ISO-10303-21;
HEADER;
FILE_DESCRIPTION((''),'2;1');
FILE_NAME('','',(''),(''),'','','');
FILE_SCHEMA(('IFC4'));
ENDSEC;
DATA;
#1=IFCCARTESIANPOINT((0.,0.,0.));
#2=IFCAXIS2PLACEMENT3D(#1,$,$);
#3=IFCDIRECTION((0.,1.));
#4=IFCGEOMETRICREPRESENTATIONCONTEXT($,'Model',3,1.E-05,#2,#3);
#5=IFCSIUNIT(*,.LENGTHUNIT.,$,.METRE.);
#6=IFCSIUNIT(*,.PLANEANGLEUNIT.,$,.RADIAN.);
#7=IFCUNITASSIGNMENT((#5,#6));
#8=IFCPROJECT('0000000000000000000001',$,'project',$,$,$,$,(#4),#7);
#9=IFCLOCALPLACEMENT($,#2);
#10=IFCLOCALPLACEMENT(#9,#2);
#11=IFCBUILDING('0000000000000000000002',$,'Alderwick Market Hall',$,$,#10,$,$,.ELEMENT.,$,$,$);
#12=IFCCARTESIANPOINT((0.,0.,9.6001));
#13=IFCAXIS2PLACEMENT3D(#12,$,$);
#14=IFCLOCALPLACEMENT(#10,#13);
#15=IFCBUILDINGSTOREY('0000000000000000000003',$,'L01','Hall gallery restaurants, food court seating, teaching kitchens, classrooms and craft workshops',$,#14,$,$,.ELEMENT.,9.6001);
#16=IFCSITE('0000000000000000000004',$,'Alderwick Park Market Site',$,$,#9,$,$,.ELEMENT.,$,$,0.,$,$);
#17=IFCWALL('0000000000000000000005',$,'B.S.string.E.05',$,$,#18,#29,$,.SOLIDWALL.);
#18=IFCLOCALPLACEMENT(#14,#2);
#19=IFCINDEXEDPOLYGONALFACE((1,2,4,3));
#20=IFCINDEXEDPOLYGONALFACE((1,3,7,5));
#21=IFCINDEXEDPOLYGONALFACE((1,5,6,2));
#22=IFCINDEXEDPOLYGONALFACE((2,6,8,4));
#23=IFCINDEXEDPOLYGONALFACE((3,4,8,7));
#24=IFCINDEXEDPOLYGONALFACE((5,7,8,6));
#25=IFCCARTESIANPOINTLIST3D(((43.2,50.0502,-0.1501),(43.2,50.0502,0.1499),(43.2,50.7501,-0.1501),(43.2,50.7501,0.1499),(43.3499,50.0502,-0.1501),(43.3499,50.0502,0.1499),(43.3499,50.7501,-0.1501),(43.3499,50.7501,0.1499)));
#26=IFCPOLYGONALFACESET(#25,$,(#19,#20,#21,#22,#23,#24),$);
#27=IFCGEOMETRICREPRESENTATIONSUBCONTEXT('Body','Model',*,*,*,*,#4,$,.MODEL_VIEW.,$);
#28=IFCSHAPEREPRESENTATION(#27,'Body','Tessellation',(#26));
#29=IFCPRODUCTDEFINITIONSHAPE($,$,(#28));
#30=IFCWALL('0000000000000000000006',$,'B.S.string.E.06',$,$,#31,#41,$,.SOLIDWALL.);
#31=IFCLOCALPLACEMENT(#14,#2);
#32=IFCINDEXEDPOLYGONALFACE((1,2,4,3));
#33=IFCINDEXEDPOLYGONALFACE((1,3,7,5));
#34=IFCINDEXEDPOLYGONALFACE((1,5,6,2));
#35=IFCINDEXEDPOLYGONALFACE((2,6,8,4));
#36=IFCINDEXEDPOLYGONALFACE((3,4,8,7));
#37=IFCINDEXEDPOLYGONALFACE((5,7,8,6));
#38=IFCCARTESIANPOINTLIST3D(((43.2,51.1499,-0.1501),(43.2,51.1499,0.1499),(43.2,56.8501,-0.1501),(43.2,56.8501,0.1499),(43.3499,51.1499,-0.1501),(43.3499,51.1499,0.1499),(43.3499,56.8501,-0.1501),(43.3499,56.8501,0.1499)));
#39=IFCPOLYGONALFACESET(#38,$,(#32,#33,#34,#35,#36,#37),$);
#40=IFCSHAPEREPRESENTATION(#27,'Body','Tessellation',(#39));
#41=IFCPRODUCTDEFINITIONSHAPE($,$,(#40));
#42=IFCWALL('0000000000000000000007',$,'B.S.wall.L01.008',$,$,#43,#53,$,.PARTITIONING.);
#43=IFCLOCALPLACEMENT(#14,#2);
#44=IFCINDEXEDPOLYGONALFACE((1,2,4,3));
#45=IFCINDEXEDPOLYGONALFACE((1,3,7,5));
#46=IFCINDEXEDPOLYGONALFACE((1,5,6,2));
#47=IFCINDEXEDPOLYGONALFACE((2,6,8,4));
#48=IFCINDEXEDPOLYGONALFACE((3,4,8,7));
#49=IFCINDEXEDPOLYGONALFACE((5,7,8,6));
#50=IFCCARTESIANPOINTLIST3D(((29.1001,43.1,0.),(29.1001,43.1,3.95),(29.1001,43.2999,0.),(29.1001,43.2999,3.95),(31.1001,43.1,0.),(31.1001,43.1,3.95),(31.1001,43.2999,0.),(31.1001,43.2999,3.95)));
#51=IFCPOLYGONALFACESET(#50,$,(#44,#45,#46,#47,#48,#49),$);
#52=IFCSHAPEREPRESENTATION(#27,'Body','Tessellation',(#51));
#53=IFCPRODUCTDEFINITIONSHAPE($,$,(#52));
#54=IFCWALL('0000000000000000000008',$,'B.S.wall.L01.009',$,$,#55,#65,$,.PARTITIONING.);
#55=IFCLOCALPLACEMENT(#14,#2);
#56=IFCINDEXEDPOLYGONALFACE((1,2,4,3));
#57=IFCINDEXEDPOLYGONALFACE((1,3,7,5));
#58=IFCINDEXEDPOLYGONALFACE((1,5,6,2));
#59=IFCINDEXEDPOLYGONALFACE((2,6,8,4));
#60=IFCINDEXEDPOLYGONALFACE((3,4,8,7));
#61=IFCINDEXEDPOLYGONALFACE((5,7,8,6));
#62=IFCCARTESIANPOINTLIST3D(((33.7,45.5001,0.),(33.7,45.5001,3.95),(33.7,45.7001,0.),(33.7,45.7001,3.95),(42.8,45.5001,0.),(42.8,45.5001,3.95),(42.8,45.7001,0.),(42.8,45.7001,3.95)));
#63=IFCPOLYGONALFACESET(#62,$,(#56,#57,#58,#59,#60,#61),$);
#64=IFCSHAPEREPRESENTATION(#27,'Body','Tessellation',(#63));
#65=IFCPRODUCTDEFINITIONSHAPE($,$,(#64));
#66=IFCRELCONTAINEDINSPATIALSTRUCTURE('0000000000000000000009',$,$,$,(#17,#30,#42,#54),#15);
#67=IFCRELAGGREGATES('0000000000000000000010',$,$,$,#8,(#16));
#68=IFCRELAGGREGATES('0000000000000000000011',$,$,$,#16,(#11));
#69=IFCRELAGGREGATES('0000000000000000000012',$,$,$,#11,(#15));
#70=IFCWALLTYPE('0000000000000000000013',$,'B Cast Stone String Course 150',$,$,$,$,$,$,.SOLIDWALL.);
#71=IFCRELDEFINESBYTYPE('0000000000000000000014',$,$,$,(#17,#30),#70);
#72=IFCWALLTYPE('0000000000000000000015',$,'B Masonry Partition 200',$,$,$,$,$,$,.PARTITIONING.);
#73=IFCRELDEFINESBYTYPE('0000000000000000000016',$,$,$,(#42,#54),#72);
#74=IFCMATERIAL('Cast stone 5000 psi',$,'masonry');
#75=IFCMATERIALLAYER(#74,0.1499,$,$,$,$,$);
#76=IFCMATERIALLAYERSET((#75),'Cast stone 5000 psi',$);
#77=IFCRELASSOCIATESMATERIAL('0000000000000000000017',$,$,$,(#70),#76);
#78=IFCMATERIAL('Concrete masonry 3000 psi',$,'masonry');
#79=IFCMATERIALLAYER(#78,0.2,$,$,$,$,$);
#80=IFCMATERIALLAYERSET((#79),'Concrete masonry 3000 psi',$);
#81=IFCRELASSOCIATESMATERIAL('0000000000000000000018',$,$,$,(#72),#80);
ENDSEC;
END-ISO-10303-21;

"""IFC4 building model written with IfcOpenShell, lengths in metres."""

from ifc_helpers import new_model, si_unit, direction, frame, frame_2d, origin, place, context, subcontext, project, spatial, rectangle, extrude, material, layer, layer_set, type_object, element, save


model = new_model("IFC4")

# Units and contexts
model_context = context("Model", 3, precision=1e-05, world=origin(), true_north=direction((0.0, 1.0)))
body_context = subcontext(model_context, "Body", "Model", "MODEL_VIEW")
ifc_project = project(units=[si_unit("LENGTHUNIT", "METRE"), si_unit("PLANEANGLEUNIT", "RADIAN")], contexts=[model_context])

# Site, building, storey
site_placement = place(None, origin())
site = spatial("IfcSite", under=ifc_project, at=site_placement, Name="Alderwick Park Market Site", CompositionType="ELEMENT", RefElevation=0.0)
building_placement = place(site_placement, origin())
building = spatial("IfcBuilding", under=site, at=building_placement, Name="Alderwick Market Hall", CompositionType="ELEMENT")
storey_placement = place(building_placement, frame((0.0, 0.0, 9.6001)))
storey = spatial("IfcBuildingStorey", under=building, at=storey_placement, Name="L01", Description="Hall gallery restaurants, food court seating, teaching kitchens, classrooms and craft workshops", CompositionType="ELEMENT", Elevation=9.6001)

# Walls
ifc_material_1 = material(Name="Cast stone 5000 psi", Category="masonry")
ifc_layer_1 = layer(ifc_material_1, 0.1499)
ifc_layer_set_1 = layer_set([ifc_layer_1], Name="Cast stone 5000 psi")
wall_type_1 = type_object("IfcWallType", Name="B Cast Stone String Course 150", PredefinedType="SOLIDWALL", material=ifc_layer_set_1)
wall_1_placement = place(storey_placement, frame((43.2749, 50.05, -0.1501), z_axis=(0.0, 0.0, 1.0), x_axis=(0.0, 1.0, 0.0)))
element("IfcWall", 1, at=wall_1_placement, inside=storey, type_object=wall_type_1, Name="B.S.string.E.05", PredefinedType="SOLIDWALL", context=body_context, shape_type="SweptSolid", body=[
    extrude(rectangle(XDim=0.7, YDim=0.1499, at=frame_2d((0.3501, 0.0))), origin(), (0.0, 0.0, 1.0), 0.3),
])
wall_2_placement = place(storey_placement, frame((43.2749, 51.1499, -0.1501), z_axis=(0.0, 0.0, 1.0), x_axis=(0.0, 1.0, 0.0)))
element("IfcWall", 2, at=wall_2_placement, inside=storey, type_object=wall_type_1, Name="B.S.string.E.06", PredefinedType="SOLIDWALL", context=body_context, shape_type="SweptSolid", body=[
    extrude(rectangle(XDim=5.7002, YDim=0.1499, at=frame_2d((2.8501, 0.0))), origin(), (0.0, 0.0, 1.0), 0.3),
])
ifc_material_2 = material(Name="Concrete masonry 3000 psi", Category="masonry")
ifc_layer_2 = layer(ifc_material_2, 0.2)
ifc_layer_set_2 = layer_set([ifc_layer_2], Name="Concrete masonry 3000 psi")
wall_type_2 = type_object("IfcWallType", Name="B Masonry Partition 200", PredefinedType="PARTITIONING", material=ifc_layer_set_2)
wall_3_placement = place(storey_placement, frame((29.1001, 43.2, 0.0), z_axis=(0.0, 0.0, 1.0), x_axis=(1.0, 0.0, 0.0)))
element("IfcWall", 3, at=wall_3_placement, inside=storey, type_object=wall_type_2, Name="B.S.wall.L01.008", PredefinedType="PARTITIONING", context=body_context, shape_type="SweptSolid", body=[
    extrude(rectangle(XDim=2.0, YDim=0.2, at=frame_2d((1.0, 0.0))), origin(), (0.0, 0.0, 1.0), 3.95),
])
wall_4_placement = place(storey_placement, frame((33.7, 45.6001, 0.0), z_axis=(0.0, 0.0, 1.0), x_axis=(1.0, 0.0, 0.0)))
element("IfcWall", 4, at=wall_4_placement, inside=storey, type_object=wall_type_2, Name="B.S.wall.L01.009", PredefinedType="PARTITIONING", context=body_context, shape_type="SweptSolid", body=[
    extrude(rectangle(XDim=9.1001, YDim=0.2, at=frame_2d((4.55, 0.0))), origin(), (0.0, 0.0, 1.0), 3.95),
])

save(model, "model.ifc")
